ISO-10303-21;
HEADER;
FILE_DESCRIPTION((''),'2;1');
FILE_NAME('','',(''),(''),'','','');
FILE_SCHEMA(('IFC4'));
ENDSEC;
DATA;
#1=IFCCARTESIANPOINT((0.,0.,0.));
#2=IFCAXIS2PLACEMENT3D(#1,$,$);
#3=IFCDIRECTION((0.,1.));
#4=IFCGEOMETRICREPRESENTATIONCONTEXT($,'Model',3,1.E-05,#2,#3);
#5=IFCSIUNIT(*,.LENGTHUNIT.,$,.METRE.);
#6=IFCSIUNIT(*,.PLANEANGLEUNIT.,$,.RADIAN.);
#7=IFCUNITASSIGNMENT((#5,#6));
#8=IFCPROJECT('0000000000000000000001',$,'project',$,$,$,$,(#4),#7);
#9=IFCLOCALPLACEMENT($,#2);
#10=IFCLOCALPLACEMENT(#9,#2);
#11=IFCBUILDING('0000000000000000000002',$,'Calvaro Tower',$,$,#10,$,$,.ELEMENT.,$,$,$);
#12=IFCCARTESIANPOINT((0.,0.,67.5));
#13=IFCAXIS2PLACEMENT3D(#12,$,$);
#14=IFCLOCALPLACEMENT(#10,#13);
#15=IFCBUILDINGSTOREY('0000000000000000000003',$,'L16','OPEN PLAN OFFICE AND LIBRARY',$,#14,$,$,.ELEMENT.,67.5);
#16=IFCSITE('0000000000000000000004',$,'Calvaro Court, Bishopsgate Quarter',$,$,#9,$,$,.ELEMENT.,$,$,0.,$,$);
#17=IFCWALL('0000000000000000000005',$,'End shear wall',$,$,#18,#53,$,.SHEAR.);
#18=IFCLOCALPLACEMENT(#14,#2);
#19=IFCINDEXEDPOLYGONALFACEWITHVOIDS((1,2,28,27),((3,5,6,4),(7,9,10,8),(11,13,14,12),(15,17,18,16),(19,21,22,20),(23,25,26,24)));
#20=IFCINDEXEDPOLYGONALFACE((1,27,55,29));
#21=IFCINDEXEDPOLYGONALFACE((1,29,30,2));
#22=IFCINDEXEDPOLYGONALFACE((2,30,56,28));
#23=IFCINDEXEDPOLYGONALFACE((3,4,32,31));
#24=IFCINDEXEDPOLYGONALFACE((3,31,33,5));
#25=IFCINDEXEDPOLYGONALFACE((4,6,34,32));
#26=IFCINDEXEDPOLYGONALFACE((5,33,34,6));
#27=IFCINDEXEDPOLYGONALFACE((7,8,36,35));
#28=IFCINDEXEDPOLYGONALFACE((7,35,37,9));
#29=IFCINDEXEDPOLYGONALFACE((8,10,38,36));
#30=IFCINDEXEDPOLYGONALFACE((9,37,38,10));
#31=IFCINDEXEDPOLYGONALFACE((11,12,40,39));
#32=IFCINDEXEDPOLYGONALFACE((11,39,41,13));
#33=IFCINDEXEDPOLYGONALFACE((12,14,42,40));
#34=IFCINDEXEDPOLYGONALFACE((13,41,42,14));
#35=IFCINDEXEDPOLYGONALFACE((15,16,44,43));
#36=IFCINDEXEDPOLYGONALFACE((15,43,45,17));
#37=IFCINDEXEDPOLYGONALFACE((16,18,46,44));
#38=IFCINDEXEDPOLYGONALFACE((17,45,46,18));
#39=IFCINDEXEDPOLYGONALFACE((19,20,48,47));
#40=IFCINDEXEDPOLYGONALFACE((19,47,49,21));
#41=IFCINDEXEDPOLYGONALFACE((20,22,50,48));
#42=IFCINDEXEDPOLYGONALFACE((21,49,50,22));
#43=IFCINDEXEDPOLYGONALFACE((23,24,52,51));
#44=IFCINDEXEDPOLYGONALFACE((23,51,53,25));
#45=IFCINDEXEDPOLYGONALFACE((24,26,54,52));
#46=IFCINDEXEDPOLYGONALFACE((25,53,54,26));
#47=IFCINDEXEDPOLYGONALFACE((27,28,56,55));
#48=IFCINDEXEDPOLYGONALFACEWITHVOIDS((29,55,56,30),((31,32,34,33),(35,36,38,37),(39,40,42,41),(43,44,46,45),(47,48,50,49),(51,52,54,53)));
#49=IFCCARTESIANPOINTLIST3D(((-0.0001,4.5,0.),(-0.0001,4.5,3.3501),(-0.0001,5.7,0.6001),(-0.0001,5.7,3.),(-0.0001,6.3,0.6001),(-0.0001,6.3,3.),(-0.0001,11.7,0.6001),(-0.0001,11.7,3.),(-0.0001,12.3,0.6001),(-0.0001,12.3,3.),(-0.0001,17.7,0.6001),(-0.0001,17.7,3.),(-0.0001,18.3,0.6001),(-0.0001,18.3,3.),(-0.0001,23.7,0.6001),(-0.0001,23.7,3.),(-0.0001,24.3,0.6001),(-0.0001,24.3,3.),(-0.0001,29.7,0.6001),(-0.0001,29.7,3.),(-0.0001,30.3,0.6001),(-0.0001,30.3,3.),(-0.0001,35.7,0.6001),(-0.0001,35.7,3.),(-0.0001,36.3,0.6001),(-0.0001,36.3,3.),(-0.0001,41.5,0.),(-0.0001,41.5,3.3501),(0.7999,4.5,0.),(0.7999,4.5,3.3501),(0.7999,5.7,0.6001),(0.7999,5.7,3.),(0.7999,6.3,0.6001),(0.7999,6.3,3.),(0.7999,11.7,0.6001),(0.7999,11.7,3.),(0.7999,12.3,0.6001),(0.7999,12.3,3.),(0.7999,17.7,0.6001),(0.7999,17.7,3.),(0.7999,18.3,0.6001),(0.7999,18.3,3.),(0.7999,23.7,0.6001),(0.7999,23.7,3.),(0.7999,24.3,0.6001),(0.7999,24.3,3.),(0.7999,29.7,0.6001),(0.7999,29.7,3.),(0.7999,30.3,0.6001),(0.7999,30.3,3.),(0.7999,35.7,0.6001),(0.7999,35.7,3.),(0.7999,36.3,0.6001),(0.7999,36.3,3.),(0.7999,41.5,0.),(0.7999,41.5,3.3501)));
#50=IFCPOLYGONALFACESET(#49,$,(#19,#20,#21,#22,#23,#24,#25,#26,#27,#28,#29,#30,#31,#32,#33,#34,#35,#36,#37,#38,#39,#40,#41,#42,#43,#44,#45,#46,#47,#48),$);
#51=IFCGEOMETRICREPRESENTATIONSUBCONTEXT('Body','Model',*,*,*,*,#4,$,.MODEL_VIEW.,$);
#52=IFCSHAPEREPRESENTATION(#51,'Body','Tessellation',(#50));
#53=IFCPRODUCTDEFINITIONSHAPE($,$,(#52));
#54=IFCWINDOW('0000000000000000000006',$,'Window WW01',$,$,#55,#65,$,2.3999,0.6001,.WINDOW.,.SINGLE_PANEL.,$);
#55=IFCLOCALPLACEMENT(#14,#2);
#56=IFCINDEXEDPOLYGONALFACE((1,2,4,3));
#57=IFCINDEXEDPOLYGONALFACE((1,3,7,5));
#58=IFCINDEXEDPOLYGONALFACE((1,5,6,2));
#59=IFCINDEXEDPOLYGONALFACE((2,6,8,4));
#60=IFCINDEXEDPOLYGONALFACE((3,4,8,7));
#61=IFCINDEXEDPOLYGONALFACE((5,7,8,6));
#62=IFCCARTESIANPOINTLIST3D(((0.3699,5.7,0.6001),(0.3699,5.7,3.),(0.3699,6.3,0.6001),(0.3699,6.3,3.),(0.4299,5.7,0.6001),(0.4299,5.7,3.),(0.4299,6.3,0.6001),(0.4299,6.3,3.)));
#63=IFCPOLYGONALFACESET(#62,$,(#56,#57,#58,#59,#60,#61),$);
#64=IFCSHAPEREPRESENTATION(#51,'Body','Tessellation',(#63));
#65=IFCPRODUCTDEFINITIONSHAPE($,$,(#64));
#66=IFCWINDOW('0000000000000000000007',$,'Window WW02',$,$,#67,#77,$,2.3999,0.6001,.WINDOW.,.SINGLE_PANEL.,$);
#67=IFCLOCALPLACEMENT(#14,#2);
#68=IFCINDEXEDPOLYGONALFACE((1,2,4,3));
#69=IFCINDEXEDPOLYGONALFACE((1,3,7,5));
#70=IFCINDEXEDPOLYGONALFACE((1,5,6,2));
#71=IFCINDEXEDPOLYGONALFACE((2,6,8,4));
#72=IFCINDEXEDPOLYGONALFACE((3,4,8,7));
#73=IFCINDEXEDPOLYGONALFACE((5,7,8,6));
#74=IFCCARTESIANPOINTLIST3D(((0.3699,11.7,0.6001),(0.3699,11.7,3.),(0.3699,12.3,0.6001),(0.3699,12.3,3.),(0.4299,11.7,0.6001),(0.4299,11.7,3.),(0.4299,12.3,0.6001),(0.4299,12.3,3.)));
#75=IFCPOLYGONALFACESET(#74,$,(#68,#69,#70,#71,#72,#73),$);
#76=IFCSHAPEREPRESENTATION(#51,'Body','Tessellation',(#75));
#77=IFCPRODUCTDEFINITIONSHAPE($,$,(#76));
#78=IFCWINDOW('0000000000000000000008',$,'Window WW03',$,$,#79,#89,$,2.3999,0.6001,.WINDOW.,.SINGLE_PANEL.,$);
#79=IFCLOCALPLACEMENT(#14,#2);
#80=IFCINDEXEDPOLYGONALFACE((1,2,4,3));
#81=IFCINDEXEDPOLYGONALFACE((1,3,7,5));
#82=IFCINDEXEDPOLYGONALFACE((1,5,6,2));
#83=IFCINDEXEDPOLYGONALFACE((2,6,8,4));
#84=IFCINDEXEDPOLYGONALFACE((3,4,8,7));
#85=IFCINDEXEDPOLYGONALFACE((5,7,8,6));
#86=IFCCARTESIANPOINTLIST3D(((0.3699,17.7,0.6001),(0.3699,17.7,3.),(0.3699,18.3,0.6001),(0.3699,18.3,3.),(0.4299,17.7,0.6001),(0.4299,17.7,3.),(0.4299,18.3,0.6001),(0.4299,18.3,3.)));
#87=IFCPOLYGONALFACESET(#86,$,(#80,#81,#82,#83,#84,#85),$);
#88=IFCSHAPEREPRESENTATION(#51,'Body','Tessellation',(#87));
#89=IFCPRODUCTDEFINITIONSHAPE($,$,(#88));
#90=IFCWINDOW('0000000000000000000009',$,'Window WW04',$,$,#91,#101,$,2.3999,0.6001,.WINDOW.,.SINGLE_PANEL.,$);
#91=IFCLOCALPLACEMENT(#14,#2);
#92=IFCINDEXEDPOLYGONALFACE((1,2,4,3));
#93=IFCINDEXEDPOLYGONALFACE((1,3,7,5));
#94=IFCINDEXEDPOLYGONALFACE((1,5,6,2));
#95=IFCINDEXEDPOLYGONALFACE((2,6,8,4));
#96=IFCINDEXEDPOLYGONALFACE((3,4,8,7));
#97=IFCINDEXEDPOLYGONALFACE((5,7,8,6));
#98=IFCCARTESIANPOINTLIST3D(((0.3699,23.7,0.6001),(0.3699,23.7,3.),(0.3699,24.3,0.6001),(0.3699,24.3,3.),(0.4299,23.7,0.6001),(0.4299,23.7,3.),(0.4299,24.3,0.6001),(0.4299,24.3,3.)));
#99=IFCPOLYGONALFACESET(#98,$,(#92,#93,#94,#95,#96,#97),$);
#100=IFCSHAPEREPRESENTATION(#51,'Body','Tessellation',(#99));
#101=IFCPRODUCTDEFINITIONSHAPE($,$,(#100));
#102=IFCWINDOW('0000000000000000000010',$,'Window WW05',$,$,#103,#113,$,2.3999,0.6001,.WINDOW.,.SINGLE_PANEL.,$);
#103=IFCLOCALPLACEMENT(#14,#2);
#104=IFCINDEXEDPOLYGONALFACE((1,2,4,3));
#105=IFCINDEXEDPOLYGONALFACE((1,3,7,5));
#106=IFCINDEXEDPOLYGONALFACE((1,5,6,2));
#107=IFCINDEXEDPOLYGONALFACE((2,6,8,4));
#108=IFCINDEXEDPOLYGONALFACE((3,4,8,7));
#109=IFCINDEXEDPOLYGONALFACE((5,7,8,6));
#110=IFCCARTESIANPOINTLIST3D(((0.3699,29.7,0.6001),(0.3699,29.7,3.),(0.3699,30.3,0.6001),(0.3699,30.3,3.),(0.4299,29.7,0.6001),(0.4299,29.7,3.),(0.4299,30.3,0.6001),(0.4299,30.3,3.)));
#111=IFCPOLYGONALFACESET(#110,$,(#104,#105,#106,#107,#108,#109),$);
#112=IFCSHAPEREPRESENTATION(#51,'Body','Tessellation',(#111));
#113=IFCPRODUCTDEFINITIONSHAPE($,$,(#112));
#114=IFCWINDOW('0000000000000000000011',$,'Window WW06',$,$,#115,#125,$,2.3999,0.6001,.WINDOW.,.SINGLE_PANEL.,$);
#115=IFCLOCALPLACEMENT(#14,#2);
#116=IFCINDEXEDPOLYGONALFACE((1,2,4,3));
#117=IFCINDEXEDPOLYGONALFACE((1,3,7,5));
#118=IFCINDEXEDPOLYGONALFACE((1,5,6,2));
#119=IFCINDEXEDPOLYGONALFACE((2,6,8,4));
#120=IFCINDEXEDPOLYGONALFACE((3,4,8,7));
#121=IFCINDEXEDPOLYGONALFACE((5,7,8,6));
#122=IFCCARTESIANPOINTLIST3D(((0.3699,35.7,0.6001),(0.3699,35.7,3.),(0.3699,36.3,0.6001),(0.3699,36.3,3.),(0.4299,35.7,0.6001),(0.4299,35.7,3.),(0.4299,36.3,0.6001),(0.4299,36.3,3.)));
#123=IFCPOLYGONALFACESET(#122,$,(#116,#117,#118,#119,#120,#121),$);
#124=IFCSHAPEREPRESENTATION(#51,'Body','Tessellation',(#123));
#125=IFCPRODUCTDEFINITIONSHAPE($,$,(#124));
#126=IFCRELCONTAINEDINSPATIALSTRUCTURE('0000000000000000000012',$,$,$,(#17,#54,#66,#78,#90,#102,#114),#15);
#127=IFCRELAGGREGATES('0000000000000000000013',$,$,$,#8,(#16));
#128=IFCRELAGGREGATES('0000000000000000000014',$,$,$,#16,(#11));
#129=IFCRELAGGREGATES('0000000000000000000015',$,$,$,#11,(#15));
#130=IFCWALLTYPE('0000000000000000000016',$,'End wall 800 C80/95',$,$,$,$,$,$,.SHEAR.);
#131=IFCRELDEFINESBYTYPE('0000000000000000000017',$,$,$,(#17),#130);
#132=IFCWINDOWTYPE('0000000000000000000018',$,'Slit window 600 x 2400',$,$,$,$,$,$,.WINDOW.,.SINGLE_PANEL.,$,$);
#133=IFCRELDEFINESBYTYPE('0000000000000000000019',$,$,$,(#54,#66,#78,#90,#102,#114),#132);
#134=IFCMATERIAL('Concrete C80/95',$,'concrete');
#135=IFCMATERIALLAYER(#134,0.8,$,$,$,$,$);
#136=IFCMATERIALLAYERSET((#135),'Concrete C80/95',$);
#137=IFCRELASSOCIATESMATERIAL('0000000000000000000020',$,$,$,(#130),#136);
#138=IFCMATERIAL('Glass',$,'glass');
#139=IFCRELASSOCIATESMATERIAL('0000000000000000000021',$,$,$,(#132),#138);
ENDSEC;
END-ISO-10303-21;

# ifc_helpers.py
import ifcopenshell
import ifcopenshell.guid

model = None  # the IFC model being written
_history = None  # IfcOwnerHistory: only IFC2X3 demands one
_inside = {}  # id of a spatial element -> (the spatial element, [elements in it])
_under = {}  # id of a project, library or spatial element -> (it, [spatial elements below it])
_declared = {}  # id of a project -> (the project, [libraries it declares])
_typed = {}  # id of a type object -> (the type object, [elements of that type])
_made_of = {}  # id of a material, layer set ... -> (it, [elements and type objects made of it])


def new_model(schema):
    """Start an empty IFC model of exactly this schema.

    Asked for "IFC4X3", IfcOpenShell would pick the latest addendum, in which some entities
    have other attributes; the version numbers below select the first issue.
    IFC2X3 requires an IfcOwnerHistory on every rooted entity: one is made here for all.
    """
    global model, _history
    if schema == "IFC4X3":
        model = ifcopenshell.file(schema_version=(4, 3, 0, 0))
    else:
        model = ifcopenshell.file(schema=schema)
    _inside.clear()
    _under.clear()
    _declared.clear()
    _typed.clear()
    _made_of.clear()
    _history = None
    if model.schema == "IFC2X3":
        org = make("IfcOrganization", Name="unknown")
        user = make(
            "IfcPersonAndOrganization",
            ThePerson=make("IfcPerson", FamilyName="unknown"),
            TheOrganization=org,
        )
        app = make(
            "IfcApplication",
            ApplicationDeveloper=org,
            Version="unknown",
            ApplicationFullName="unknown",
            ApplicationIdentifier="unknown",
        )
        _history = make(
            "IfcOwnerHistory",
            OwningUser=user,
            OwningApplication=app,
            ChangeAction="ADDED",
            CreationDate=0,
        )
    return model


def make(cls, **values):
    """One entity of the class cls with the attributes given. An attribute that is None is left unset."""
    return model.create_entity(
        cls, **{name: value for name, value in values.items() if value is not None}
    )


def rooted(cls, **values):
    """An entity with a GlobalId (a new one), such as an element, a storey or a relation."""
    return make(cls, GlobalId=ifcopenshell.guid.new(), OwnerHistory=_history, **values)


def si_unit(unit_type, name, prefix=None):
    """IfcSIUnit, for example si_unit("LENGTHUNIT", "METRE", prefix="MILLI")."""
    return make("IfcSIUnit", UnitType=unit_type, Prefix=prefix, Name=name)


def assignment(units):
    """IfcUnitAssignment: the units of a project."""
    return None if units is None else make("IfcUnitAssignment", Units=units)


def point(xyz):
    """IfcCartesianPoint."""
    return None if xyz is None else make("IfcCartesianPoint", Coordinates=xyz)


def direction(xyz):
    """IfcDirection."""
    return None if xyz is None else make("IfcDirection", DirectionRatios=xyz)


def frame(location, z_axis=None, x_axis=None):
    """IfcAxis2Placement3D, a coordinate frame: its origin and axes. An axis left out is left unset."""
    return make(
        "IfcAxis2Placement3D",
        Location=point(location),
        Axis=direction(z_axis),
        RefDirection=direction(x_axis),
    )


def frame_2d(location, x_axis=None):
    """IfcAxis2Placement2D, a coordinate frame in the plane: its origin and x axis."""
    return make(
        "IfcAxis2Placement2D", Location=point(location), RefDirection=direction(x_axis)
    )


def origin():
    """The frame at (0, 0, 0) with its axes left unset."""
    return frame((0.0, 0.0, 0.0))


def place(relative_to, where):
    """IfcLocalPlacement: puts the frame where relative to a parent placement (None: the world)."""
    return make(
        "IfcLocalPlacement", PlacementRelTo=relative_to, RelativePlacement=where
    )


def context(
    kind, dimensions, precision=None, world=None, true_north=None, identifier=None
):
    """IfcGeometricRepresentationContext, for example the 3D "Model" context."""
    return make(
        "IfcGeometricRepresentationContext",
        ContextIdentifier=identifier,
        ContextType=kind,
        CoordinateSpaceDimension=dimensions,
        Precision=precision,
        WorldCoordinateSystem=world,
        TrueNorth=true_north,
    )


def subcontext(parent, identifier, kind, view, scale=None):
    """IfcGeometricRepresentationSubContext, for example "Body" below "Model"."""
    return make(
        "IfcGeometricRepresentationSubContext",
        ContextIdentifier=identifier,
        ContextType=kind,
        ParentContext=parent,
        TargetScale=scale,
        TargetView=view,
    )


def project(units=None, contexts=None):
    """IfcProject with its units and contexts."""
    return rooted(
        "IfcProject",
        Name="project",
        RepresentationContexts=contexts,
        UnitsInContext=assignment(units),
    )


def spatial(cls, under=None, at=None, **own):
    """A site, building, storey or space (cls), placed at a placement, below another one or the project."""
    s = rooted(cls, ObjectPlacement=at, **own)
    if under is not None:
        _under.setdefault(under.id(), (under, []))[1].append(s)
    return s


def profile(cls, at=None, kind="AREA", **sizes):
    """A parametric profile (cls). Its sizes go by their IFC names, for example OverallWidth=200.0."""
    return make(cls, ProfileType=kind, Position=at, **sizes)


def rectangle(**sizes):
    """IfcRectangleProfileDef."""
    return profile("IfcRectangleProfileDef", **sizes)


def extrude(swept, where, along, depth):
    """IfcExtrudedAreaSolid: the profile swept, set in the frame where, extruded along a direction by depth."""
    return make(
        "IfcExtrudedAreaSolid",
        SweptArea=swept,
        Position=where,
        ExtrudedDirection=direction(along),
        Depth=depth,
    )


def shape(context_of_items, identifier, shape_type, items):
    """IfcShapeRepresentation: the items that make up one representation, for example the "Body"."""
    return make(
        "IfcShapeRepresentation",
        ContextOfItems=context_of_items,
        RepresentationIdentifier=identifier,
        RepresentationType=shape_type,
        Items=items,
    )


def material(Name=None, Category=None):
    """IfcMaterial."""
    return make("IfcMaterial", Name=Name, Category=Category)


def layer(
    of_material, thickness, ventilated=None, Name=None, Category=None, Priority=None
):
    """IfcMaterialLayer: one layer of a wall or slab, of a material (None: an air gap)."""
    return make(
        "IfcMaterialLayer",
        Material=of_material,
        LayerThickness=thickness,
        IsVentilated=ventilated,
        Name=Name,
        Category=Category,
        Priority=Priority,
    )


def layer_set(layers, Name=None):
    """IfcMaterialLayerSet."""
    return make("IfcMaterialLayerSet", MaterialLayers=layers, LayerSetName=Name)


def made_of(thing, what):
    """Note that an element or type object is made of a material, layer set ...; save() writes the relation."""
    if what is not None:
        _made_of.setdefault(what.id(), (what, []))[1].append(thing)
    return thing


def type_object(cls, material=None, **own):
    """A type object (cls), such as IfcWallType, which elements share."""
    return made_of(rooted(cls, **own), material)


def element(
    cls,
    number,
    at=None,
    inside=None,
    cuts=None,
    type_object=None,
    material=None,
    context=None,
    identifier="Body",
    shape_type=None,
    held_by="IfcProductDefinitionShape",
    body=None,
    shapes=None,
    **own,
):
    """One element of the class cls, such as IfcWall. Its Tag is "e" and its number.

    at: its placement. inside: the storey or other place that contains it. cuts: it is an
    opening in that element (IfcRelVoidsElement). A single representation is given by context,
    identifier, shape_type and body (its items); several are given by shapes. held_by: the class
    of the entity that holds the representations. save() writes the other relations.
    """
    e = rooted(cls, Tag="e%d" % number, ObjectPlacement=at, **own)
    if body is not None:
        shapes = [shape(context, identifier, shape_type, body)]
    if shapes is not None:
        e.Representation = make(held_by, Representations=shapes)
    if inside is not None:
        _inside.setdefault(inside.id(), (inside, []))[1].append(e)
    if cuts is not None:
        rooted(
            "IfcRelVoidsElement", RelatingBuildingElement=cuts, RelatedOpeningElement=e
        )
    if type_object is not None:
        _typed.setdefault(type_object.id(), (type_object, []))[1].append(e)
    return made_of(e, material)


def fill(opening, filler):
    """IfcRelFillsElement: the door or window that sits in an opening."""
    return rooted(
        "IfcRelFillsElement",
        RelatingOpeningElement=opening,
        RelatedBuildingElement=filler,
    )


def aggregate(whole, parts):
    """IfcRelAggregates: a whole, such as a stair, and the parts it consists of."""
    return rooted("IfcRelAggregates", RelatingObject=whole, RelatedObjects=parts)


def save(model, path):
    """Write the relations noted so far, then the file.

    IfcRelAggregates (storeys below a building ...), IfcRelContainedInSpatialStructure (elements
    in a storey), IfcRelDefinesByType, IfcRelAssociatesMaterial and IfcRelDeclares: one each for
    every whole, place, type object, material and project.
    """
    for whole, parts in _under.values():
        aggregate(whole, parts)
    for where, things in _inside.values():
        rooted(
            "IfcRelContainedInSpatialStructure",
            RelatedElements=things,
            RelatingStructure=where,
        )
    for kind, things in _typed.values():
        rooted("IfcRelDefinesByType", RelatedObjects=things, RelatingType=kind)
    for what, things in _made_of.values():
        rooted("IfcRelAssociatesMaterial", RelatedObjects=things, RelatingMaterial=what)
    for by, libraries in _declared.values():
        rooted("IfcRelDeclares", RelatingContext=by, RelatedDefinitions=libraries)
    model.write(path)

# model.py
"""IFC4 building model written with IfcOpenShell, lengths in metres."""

from ifc_helpers import new_model, si_unit, direction, frame, frame_2d, origin, place, context, subcontext, project, spatial, rectangle, extrude, material, layer, layer_set, type_object, element, fill, save


model = new_model("IFC4")

# Units and contexts
model_context = context("Model", 3, precision=1e-05, world=origin(), true_north=direction((0.0, 1.0)))
body_context = subcontext(model_context, "Body", "Model", "MODEL_VIEW")
ifc_project = project(units=[si_unit("LENGTHUNIT", "METRE"), si_unit("PLANEANGLEUNIT", "RADIAN")], contexts=[model_context])

# Site, building, storey
site_placement = place(None, origin())
site = spatial("IfcSite", under=ifc_project, at=site_placement, Name="Calvaro Court, Bishopsgate Quarter", CompositionType="ELEMENT", RefElevation=0.0)
building_placement = place(site_placement, origin())
building = spatial("IfcBuilding", under=site, at=building_placement, Name="Calvaro Tower", CompositionType="ELEMENT")
storey_placement = place(building_placement, frame((0.0, 0.0, 67.5)))
storey = spatial("IfcBuildingStorey", under=building, at=storey_placement, Name="L16", Description="OPEN PLAN OFFICE AND LIBRARY", CompositionType="ELEMENT", Elevation=67.5)

# Wall, openings, windows
ifc_material_1 = material(Name="Concrete C80/95", Category="concrete")
ifc_layer_1 = layer(ifc_material_1, 0.8)
ifc_layer_set_1 = layer_set([ifc_layer_1], Name="Concrete C80/95")
wall_type_1 = type_object("IfcWallType", Name="End wall 800 C80/95", PredefinedType="SHEAR", material=ifc_layer_set_1)
wall_1_placement = place(storey_placement, frame((0.3999, 4.5, 0.0), z_axis=(0.0, 0.0, 1.0), x_axis=(0.0, 1.0, 0.0)))
wall_1 = element("IfcWall", 1, at=wall_1_placement, inside=storey, type_object=wall_type_1, Name="End shear wall", PredefinedType="SHEAR", context=body_context, shape_type="SweptSolid", body=[
    extrude(rectangle(XDim=37.0, YDim=0.8, at=frame_2d((18.5, 0.0))), origin(), (0.0, 0.0, 1.0), 3.3501),
])
opening_1_placement = place(wall_1_placement, frame((1.2, 0.0, 0.6001)))
opening_1 = element("IfcOpeningElement", 2, at=opening_1_placement, cuts=wall_1, PredefinedType="OPENING", context=body_context, shape_type="SweptSolid", body=[
    extrude(rectangle(XDim=0.6001, YDim=2.3999, at=frame_2d((0.3, 1.2))), frame((0.0, 0.4099, 0.0), z_axis=(0.0, -1.0, 0.0), x_axis=(1.0, 0.0, 0.0)), (0.0, 0.0, 1.0), 0.8201),
])
opening_2_placement = place(wall_1_placement, frame((7.2, 0.0, 0.6001)))
opening_2 = element("IfcOpeningElement", 3, at=opening_2_placement, cuts=wall_1, PredefinedType="OPENING", context=body_context, shape_type="SweptSolid", body=[
    extrude(rectangle(XDim=0.6001, YDim=2.3999, at=frame_2d((0.3, 1.2))), frame((0.0, 0.4099, 0.0), z_axis=(0.0, -1.0, 0.0), x_axis=(1.0, 0.0, 0.0)), (0.0, 0.0, 1.0), 0.8201),
])
opening_3_placement = place(wall_1_placement, frame((13.2, 0.0, 0.6001)))
opening_3 = element("IfcOpeningElement", 4, at=opening_3_placement, cuts=wall_1, PredefinedType="OPENING", context=body_context, shape_type="SweptSolid", body=[
    extrude(rectangle(XDim=0.6001, YDim=2.3999, at=frame_2d((0.3, 1.2))), frame((0.0, 0.4099, 0.0), z_axis=(0.0, -1.0, 0.0), x_axis=(1.0, 0.0, 0.0)), (0.0, 0.0, 1.0), 0.8201),
])
opening_4_placement = place(wall_1_placement, frame((19.2, 0.0, 0.6001)))
opening_4 = element("IfcOpeningElement", 5, at=opening_4_placement, cuts=wall_1, PredefinedType="OPENING", context=body_context, shape_type="SweptSolid", body=[
    extrude(rectangle(XDim=0.6001, YDim=2.3999, at=frame_2d((0.3, 1.2))), frame((0.0, 0.4099, 0.0), z_axis=(0.0, -1.0, 0.0), x_axis=(1.0, 0.0, 0.0)), (0.0, 0.0, 1.0), 0.8201),
])
opening_5_placement = place(wall_1_placement, frame((25.2, 0.0, 0.6001)))
opening_5 = element("IfcOpeningElement", 6, at=opening_5_placement, cuts=wall_1, PredefinedType="OPENING", context=body_context, shape_type="SweptSolid", body=[
    extrude(rectangle(XDim=0.6001, YDim=2.3999, at=frame_2d((0.3, 1.2))), frame((0.0, 0.4099, 0.0), z_axis=(0.0, -1.0, 0.0), x_axis=(1.0, 0.0, 0.0)), (0.0, 0.0, 1.0), 0.8201),
])
opening_6_placement = place(wall_1_placement, frame((31.2, 0.0, 0.6001)))
opening_6 = element("IfcOpeningElement", 7, at=opening_6_placement, cuts=wall_1, PredefinedType="OPENING", context=body_context, shape_type="SweptSolid", body=[
    extrude(rectangle(XDim=0.6001, YDim=2.3999, at=frame_2d((0.3, 1.2))), frame((0.0, 0.4099, 0.0), z_axis=(0.0, -1.0, 0.0), x_axis=(1.0, 0.0, 0.0)), (0.0, 0.0, 1.0), 0.8201),
])
ifc_material_2 = material(Name="Glass", Category="glass")
window_type = type_object("IfcWindowType", Name="Slit window 600 x 2400", PartitioningType="SINGLE_PANEL", PredefinedType="WINDOW", material=ifc_material_2)
window_1_placement = place(opening_1_placement, origin())
window_1 = element("IfcWindow", 8, at=window_1_placement, inside=storey, type_object=window_type, Name="Window WW01", OverallHeight=2.3999, OverallWidth=0.6001, PartitioningType="SINGLE_PANEL", PredefinedType="WINDOW", context=body_context, shape_type="SweptSolid", body=[
    extrude(rectangle(XDim=0.6001, YDim=2.3999, at=frame_2d((0.3, 1.2))), frame((0.0, 0.03, 0.0), z_axis=(0.0, -1.0, 0.0), x_axis=(1.0, 0.0, 0.0)), (0.0, 0.0, 1.0), 0.0601),
])
fill(opening_1, window_1)
window_2_placement = place(opening_2_placement, origin())
window_2 = element("IfcWindow", 9, at=window_2_placement, inside=storey, type_object=window_type, Name="Window WW02", OverallHeight=2.3999, OverallWidth=0.6001, PartitioningType="SINGLE_PANEL", PredefinedType="WINDOW", context=body_context, shape_type="SweptSolid", body=[
    extrude(rectangle(XDim=0.6001, YDim=2.3999, at=frame_2d((0.3, 1.2))), frame((0.0, 0.03, 0.0), z_axis=(0.0, -1.0, 0.0), x_axis=(1.0, 0.0, 0.0)), (0.0, 0.0, 1.0), 0.0601),
])
fill(opening_2, window_2)
window_3_placement = place(opening_3_placement, origin())
window_3 = element("IfcWindow", 10, at=window_3_placement, inside=storey, type_object=window_type, Name="Window WW03", OverallHeight=2.3999, OverallWidth=0.6001, PartitioningType="SINGLE_PANEL", PredefinedType="WINDOW", context=body_context, shape_type="SweptSolid", body=[
    extrude(rectangle(XDim=0.6001, YDim=2.3999, at=frame_2d((0.3, 1.2))), frame((0.0, 0.03, 0.0), z_axis=(0.0, -1.0, 0.0), x_axis=(1.0, 0.0, 0.0)), (0.0, 0.0, 1.0), 0.0601),
])
fill(opening_3, window_3)
window_4_placement = place(opening_4_placement, origin())
window_4 = element("IfcWindow", 11, at=window_4_placement, inside=storey, type_object=window_type, Name="Window WW04", OverallHeight=2.3999, OverallWidth=0.6001, PartitioningType="SINGLE_PANEL", PredefinedType="WINDOW", context=body_context, shape_type="SweptSolid", body=[
    extrude(rectangle(XDim=0.6001, YDim=2.3999, at=frame_2d((0.3, 1.2))), frame((0.0, 0.03, 0.0), z_axis=(0.0, -1.0, 0.0), x_axis=(1.0, 0.0, 0.0)), (0.0, 0.0, 1.0), 0.0601),
])
fill(opening_4, window_4)
window_5_placement = place(opening_5_placement, origin())
window_5 = element("IfcWindow", 12, at=window_5_placement, inside=storey, type_object=window_type, Name="Window WW05", OverallHeight=2.3999, OverallWidth=0.6001, PartitioningType="SINGLE_PANEL", PredefinedType="WINDOW", context=body_context, shape_type="SweptSolid", body=[
    extrude(rectangle(XDim=0.6001, YDim=2.3999, at=frame_2d((0.3, 1.2))), frame((0.0, 0.03, 0.0), z_axis=(0.0, -1.0, 0.0), x_axis=(1.0, 0.0, 0.0)), (0.0, 0.0, 1.0), 0.0601),
])
fill(opening_5, window_5)
window_6_placement = place(opening_6_placement, origin())
window_6 = element("IfcWindow", 13, at=window_6_placement, inside=storey, type_object=window_type, Name="Window WW06", OverallHeight=2.3999, OverallWidth=0.6001, PartitioningType="SINGLE_PANEL", PredefinedType="WINDOW", context=body_context, shape_type="SweptSolid", body=[
    extrude(rectangle(XDim=0.6001, YDim=2.3999, at=frame_2d((0.3, 1.2))), frame((0.0, 0.03, 0.0), z_axis=(0.0, -1.0, 0.0), x_axis=(1.0, 0.0, 0.0)), (0.0, 0.0, 1.0), 0.0601),
])
fill(opening_6, window_6)

save(model, "model.ifc")
